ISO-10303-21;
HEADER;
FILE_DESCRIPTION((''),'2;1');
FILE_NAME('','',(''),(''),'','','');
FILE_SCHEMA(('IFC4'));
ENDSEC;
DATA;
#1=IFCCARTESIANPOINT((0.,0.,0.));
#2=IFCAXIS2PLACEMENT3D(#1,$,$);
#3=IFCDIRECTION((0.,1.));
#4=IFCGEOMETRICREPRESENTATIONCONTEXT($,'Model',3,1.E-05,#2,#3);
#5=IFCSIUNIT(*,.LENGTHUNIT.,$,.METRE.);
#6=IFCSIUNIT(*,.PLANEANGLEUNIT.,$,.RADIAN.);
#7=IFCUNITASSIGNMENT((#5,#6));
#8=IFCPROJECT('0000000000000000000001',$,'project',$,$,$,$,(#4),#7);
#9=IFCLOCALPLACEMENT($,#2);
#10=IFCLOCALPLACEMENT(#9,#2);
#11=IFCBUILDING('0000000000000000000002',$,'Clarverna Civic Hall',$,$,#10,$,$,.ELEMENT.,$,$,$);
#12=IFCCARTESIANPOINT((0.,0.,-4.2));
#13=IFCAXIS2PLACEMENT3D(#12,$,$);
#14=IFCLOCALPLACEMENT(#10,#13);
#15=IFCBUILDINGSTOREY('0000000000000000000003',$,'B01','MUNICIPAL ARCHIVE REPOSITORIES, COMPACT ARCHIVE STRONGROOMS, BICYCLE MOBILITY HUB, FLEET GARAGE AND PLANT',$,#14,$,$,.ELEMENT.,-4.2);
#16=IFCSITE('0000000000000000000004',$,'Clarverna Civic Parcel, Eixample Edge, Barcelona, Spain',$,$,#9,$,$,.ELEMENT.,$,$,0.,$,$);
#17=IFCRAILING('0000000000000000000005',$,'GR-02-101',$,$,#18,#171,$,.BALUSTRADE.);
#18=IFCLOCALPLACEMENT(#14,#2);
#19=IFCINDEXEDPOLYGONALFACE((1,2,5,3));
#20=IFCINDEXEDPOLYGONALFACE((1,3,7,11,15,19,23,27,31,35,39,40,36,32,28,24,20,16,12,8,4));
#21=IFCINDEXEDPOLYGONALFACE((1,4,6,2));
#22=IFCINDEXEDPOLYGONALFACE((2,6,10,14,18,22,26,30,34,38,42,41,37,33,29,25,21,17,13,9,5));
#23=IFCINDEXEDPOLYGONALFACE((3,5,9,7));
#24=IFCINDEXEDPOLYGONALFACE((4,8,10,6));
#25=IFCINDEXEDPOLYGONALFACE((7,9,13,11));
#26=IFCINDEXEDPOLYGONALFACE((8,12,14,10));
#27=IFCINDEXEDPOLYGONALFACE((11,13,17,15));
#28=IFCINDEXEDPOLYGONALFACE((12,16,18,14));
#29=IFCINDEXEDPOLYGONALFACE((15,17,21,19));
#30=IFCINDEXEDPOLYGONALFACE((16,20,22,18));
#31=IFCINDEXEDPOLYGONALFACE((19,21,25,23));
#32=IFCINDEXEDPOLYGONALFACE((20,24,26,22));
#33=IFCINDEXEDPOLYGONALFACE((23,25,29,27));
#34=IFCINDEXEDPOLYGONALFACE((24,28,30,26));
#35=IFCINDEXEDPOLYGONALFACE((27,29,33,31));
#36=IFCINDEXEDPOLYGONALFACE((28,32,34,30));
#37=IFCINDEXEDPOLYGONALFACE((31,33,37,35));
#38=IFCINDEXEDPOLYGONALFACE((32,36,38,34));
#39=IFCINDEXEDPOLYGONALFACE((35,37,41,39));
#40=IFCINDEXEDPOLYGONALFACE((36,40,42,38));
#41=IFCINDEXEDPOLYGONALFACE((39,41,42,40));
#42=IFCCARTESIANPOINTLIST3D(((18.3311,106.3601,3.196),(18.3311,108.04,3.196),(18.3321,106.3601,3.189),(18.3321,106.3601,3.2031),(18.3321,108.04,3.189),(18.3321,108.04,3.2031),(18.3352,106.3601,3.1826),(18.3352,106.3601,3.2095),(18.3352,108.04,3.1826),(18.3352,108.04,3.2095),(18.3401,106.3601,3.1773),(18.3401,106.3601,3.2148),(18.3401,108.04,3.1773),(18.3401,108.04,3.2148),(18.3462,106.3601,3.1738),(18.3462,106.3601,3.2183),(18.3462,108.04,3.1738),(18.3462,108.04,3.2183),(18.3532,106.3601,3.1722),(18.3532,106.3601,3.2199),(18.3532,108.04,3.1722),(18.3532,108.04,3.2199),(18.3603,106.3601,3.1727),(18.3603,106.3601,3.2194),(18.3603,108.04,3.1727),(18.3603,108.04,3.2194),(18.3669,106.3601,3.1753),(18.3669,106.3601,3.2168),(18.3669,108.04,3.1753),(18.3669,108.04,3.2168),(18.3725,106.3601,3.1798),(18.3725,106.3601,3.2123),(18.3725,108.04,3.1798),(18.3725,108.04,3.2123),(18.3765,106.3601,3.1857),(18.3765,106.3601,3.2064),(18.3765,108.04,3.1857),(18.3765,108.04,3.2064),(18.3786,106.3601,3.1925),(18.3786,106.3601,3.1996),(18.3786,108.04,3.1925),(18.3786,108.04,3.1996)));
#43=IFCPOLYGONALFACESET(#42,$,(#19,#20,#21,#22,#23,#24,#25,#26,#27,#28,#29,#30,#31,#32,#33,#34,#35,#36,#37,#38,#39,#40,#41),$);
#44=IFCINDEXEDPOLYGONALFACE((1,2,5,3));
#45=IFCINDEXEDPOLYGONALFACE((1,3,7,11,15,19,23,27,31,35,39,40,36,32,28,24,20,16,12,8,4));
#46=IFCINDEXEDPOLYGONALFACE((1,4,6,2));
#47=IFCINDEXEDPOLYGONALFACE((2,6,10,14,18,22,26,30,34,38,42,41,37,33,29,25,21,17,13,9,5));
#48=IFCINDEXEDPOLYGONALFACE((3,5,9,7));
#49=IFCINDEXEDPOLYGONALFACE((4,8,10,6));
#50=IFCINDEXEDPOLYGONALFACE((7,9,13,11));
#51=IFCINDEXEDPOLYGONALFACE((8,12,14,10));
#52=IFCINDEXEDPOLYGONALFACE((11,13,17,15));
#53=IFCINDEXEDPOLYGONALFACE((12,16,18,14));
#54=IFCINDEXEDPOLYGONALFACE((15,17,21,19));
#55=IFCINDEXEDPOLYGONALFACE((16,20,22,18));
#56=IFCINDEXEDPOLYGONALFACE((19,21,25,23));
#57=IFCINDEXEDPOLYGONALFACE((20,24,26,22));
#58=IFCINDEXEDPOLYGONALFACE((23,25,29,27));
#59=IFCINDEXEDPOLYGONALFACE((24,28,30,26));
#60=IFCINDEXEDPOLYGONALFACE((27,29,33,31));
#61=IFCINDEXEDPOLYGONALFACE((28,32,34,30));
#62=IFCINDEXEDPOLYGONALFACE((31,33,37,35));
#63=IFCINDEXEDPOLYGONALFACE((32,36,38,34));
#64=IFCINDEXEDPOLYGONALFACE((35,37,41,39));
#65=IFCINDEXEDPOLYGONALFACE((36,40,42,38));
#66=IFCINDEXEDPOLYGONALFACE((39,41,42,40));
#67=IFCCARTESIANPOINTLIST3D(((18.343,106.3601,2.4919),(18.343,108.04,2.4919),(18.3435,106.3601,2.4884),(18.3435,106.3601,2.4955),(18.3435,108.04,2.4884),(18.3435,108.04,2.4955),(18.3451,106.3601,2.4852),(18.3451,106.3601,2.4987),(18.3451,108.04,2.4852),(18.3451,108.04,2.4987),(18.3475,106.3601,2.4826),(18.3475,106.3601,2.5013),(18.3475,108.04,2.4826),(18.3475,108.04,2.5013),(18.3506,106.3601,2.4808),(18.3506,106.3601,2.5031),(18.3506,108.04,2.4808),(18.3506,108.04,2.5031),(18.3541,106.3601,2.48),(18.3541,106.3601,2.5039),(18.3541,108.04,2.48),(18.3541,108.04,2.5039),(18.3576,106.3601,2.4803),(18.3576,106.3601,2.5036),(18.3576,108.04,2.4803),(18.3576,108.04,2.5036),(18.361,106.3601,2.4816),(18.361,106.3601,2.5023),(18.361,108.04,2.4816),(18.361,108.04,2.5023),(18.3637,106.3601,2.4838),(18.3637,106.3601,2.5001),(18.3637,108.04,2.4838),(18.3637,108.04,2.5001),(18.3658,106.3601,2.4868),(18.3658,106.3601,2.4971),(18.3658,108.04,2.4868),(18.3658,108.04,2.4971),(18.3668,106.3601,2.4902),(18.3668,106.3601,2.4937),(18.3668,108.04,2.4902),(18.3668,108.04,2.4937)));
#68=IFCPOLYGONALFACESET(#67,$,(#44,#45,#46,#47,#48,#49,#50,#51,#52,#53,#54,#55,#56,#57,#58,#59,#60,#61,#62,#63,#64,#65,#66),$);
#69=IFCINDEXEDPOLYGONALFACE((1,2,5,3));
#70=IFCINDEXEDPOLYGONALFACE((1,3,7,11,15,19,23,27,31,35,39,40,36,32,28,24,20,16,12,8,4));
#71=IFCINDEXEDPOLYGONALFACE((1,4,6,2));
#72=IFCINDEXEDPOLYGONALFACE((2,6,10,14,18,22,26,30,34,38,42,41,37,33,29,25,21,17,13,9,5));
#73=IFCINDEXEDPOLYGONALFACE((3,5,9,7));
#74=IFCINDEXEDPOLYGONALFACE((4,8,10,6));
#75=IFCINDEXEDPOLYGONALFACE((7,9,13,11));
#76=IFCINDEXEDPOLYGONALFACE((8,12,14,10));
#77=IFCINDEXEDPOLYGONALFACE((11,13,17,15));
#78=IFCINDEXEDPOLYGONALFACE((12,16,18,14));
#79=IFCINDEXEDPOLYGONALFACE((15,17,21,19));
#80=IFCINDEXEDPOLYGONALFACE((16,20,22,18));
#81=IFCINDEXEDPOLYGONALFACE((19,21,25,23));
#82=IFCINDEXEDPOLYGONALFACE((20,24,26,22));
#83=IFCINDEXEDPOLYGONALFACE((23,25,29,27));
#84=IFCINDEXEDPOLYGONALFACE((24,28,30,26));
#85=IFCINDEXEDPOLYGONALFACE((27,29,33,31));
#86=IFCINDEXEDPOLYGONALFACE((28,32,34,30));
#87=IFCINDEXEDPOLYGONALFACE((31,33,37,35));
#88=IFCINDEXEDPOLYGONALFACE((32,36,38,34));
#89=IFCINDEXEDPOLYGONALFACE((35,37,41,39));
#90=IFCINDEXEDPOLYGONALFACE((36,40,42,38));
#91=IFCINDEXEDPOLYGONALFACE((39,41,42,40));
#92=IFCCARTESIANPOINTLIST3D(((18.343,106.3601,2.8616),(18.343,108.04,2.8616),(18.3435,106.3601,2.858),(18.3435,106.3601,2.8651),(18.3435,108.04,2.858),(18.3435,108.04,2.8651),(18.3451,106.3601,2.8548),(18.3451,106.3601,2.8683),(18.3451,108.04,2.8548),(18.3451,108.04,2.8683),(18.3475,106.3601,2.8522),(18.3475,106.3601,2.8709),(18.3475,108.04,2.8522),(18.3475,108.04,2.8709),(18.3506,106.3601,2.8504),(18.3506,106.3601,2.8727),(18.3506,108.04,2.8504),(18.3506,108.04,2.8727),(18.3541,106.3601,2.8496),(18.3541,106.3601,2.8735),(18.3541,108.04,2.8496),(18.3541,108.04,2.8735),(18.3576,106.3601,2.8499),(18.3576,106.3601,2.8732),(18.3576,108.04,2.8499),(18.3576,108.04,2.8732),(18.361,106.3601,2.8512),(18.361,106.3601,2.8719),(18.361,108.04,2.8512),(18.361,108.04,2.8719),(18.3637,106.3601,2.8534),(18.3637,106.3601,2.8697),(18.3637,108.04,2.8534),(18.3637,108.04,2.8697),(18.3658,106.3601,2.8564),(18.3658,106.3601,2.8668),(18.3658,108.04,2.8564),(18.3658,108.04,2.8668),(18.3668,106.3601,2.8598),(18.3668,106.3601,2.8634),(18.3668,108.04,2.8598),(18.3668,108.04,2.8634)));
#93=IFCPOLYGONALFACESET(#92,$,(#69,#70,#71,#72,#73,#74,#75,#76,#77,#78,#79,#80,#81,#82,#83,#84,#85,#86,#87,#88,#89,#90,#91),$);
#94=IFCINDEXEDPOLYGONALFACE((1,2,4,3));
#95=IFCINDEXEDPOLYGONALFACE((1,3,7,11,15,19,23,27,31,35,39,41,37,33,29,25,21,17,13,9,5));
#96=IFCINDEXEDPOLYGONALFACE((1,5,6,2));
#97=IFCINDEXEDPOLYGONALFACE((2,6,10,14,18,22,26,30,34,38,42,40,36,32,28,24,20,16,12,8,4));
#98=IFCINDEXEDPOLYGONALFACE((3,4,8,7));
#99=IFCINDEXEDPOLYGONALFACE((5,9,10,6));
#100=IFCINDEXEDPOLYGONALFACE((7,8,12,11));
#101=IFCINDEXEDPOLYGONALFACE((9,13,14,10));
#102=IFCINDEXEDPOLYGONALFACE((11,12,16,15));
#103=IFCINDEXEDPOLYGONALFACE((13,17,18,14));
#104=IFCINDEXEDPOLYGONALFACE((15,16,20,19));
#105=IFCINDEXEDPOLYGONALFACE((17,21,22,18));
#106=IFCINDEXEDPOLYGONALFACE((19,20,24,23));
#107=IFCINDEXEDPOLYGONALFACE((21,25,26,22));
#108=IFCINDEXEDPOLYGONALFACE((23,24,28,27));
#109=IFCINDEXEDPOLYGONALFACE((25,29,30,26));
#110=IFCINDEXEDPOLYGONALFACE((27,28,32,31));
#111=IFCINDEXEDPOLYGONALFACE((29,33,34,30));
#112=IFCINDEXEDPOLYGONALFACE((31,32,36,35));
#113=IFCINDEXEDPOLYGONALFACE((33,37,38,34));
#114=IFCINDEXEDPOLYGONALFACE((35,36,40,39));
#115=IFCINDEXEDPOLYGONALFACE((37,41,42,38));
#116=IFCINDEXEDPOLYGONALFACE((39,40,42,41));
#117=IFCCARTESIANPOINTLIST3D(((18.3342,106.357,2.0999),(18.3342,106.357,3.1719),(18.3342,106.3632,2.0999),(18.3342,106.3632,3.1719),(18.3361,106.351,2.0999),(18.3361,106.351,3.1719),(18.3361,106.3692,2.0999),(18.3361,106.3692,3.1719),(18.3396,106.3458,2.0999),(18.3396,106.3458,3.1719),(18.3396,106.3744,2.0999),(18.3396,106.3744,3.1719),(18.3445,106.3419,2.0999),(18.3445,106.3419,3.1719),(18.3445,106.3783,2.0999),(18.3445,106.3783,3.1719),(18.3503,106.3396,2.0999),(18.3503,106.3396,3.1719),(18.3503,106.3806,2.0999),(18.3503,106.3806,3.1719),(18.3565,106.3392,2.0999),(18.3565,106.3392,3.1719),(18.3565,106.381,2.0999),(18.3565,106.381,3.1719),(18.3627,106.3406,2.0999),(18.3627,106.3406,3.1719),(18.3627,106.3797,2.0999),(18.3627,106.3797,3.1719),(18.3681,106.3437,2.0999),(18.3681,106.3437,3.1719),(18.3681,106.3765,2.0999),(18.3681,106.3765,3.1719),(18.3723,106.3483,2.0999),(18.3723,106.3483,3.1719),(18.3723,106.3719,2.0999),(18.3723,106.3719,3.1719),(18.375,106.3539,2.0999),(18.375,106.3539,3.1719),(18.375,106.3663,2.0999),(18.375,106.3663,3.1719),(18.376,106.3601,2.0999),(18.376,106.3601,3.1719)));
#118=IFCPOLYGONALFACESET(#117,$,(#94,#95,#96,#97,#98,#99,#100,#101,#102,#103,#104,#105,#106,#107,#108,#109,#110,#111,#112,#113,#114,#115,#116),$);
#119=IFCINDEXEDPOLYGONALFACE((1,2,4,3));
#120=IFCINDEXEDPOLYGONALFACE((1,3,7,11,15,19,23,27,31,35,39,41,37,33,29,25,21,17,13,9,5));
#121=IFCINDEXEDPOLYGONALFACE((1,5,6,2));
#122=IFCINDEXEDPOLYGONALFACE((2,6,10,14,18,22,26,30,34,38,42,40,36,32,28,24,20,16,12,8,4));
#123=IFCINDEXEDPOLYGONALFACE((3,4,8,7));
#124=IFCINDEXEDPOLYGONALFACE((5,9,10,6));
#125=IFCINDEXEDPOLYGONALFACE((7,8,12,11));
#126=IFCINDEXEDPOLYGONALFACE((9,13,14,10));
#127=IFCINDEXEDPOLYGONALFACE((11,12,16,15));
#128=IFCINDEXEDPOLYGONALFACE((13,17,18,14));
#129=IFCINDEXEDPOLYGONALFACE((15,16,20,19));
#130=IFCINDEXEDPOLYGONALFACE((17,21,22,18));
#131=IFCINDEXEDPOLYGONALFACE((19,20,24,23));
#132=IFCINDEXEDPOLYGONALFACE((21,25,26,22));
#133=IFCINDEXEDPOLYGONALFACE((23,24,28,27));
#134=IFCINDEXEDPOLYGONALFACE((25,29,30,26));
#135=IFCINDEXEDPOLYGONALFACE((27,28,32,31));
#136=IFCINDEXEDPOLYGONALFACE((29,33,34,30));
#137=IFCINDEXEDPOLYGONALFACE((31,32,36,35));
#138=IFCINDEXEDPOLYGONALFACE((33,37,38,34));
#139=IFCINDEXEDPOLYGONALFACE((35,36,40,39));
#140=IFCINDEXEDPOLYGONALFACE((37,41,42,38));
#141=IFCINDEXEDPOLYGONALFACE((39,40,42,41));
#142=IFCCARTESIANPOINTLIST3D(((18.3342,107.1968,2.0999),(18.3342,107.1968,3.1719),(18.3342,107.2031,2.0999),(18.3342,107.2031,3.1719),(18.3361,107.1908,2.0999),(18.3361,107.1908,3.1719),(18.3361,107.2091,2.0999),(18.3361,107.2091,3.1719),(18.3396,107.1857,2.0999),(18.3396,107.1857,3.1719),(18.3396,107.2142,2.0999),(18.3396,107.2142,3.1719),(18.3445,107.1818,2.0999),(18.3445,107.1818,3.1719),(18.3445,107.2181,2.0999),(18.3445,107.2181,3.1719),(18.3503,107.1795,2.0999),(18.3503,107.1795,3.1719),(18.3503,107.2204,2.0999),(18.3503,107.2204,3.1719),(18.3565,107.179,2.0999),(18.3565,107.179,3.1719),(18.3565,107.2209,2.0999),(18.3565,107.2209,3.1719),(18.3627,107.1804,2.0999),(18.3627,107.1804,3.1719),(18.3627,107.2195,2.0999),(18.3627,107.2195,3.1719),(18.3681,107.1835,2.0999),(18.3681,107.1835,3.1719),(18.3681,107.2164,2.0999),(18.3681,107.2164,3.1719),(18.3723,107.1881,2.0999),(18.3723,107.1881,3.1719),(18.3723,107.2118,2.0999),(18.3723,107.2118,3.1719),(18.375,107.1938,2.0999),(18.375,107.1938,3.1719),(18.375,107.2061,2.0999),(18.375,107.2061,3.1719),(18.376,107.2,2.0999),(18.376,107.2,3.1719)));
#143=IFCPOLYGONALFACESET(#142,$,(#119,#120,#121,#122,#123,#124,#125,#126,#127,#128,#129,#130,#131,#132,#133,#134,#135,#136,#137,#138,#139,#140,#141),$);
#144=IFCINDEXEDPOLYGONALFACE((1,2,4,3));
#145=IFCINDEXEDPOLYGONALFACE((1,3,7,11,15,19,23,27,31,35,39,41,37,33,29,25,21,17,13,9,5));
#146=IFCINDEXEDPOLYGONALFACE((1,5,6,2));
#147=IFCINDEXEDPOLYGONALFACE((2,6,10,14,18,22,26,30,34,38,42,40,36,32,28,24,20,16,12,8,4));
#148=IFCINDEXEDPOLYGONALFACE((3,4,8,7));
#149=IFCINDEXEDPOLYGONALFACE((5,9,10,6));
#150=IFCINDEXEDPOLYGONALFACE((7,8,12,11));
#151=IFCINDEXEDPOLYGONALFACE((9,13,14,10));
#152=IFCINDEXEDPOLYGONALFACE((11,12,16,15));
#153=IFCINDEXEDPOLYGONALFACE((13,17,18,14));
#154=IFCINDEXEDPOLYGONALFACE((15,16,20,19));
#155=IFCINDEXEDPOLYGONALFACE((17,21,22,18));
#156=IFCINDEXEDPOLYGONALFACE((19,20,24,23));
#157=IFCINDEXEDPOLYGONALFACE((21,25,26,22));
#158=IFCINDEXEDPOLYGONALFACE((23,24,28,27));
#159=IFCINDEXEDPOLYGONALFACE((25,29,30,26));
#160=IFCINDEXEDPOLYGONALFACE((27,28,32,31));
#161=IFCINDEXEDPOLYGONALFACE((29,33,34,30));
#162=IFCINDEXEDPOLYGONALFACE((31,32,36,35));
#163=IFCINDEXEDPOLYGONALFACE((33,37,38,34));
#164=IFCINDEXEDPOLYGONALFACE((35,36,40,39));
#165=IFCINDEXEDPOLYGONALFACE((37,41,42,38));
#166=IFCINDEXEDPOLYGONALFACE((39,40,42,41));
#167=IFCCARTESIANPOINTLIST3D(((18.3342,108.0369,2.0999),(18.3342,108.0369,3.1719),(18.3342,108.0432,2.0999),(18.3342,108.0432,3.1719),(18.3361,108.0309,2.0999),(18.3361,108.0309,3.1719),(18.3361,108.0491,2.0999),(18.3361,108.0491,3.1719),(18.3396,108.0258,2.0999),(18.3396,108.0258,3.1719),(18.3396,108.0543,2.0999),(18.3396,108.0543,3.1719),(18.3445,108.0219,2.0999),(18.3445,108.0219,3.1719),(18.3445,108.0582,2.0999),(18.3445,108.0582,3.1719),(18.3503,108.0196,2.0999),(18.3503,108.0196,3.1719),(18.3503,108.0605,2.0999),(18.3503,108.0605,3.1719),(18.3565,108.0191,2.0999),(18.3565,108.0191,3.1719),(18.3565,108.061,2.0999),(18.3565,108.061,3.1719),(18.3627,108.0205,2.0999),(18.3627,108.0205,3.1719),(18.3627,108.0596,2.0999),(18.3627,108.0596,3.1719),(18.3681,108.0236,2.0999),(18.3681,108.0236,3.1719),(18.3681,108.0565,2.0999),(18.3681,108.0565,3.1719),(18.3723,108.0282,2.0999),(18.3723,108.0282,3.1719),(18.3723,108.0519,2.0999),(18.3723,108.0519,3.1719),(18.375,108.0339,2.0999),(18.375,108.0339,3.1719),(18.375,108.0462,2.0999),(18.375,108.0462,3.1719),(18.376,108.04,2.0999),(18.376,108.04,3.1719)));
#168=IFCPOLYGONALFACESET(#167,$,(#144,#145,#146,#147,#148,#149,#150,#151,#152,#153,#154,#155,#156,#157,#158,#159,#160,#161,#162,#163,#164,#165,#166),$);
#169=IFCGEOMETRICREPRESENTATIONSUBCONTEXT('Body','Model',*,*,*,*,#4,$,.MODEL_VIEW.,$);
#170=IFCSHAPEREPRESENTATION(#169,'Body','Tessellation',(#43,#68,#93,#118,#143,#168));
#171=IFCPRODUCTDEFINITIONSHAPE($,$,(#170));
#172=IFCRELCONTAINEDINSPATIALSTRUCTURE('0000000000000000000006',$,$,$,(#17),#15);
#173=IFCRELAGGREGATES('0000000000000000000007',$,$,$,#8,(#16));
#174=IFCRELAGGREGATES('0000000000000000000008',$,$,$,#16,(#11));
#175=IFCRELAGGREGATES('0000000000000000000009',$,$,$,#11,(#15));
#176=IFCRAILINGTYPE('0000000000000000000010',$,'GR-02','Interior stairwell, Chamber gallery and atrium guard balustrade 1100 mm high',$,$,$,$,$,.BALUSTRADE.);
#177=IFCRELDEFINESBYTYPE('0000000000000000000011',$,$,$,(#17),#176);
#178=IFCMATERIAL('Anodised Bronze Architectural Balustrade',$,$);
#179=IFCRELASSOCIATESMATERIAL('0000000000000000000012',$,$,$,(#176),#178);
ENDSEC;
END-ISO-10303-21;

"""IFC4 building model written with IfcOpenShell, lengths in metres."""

from ifc_helpers import new_model, si_unit, direction, frame, origin, origin_2d, place, context, subcontext, project, spatial, circle, extrude, material, type_object, element, save


model = new_model("IFC4")

# Units and contexts
model_context = context("Model", 3, precision=1e-05, world=origin(), true_north=direction((0.0, 1.0)))
body_context = subcontext(model_context, "Body", "Model", "MODEL_VIEW")
ifc_project = project(units=[si_unit("LENGTHUNIT", "METRE"), si_unit("PLANEANGLEUNIT", "RADIAN")], contexts=[model_context])

# Site, building, storey
site_placement = place(None, origin())
site = spatial("IfcSite", under=ifc_project, at=site_placement, Name="Clarverna Civic Parcel, Eixample Edge, Barcelona, Spain", CompositionType="ELEMENT", RefElevation=0.0)
building_placement = place(site_placement, origin())
building = spatial("IfcBuilding", under=site, at=building_placement, Name="Clarverna Civic Hall", CompositionType="ELEMENT")
storey_placement = place(building_placement, frame((0.0, 0.0, -4.2)))
storey = spatial("IfcBuildingStorey", under=building, at=storey_placement, Name="B01", Description="MUNICIPAL ARCHIVE REPOSITORIES, COMPACT ARCHIVE STRONGROOMS, BICYCLE MOBILITY HUB, FLEET GARAGE AND PLANT", CompositionType="ELEMENT", Elevation=-4.2)

# Railing
ifc_material_1 = material(Name="Anodised Bronze Architectural Balustrade")
railing_type = type_object("IfcRailingType", Name="GR-02", Description="Interior stairwell, Chamber gallery and atrium guard balustrade 1100 mm high", PredefinedType="BALUSTRADE", material=ifc_material_1)
railing_placement = place(storey_placement, frame((18.355, 106.3601, 2.0999)))
element("IfcRailing", 1, at=railing_placement, inside=storey, type_object=railing_type, Name="GR-02-101", PredefinedType="BALUSTRADE", context=body_context, shape_type="SweptSolid", body=[
    extrude(circle(Radius=0.0239, at=origin_2d()), frame((0.0, 0.0, 1.0962), z_axis=(0.0, 1.0, 0.0), x_axis=(-1.0, 0.0, 0.0)), (0.0, 0.0, 1.0), 1.6799),
    extrude(circle(Radius=0.012, at=origin_2d()), frame((0.0, 0.0, 0.3921), z_axis=(0.0, 1.0, 0.0), x_axis=(-1.0, 0.0, 0.0)), (0.0, 0.0, 1.0), 1.6799),
    extrude(circle(Radius=0.012, at=origin_2d()), frame((0.0, 0.0, 0.7617), z_axis=(0.0, 1.0, 0.0), x_axis=(-1.0, 0.0, 0.0)), (0.0, 0.0, 1.0), 1.6799),
    extrude(circle(Radius=0.021, at=origin_2d()), origin(), (0.0, 0.0, 1.0), 1.072),
    extrude(circle(Radius=0.021, at=origin_2d()), frame((0.0, 0.8398, 0.0)), (0.0, 0.0, 1.0), 1.072),
    extrude(circle(Radius=0.021, at=origin_2d()), frame((0.0, 1.6799, 0.0)), (0.0, 0.0, 1.0), 1.072),
])

save(model, "model.ifc")
